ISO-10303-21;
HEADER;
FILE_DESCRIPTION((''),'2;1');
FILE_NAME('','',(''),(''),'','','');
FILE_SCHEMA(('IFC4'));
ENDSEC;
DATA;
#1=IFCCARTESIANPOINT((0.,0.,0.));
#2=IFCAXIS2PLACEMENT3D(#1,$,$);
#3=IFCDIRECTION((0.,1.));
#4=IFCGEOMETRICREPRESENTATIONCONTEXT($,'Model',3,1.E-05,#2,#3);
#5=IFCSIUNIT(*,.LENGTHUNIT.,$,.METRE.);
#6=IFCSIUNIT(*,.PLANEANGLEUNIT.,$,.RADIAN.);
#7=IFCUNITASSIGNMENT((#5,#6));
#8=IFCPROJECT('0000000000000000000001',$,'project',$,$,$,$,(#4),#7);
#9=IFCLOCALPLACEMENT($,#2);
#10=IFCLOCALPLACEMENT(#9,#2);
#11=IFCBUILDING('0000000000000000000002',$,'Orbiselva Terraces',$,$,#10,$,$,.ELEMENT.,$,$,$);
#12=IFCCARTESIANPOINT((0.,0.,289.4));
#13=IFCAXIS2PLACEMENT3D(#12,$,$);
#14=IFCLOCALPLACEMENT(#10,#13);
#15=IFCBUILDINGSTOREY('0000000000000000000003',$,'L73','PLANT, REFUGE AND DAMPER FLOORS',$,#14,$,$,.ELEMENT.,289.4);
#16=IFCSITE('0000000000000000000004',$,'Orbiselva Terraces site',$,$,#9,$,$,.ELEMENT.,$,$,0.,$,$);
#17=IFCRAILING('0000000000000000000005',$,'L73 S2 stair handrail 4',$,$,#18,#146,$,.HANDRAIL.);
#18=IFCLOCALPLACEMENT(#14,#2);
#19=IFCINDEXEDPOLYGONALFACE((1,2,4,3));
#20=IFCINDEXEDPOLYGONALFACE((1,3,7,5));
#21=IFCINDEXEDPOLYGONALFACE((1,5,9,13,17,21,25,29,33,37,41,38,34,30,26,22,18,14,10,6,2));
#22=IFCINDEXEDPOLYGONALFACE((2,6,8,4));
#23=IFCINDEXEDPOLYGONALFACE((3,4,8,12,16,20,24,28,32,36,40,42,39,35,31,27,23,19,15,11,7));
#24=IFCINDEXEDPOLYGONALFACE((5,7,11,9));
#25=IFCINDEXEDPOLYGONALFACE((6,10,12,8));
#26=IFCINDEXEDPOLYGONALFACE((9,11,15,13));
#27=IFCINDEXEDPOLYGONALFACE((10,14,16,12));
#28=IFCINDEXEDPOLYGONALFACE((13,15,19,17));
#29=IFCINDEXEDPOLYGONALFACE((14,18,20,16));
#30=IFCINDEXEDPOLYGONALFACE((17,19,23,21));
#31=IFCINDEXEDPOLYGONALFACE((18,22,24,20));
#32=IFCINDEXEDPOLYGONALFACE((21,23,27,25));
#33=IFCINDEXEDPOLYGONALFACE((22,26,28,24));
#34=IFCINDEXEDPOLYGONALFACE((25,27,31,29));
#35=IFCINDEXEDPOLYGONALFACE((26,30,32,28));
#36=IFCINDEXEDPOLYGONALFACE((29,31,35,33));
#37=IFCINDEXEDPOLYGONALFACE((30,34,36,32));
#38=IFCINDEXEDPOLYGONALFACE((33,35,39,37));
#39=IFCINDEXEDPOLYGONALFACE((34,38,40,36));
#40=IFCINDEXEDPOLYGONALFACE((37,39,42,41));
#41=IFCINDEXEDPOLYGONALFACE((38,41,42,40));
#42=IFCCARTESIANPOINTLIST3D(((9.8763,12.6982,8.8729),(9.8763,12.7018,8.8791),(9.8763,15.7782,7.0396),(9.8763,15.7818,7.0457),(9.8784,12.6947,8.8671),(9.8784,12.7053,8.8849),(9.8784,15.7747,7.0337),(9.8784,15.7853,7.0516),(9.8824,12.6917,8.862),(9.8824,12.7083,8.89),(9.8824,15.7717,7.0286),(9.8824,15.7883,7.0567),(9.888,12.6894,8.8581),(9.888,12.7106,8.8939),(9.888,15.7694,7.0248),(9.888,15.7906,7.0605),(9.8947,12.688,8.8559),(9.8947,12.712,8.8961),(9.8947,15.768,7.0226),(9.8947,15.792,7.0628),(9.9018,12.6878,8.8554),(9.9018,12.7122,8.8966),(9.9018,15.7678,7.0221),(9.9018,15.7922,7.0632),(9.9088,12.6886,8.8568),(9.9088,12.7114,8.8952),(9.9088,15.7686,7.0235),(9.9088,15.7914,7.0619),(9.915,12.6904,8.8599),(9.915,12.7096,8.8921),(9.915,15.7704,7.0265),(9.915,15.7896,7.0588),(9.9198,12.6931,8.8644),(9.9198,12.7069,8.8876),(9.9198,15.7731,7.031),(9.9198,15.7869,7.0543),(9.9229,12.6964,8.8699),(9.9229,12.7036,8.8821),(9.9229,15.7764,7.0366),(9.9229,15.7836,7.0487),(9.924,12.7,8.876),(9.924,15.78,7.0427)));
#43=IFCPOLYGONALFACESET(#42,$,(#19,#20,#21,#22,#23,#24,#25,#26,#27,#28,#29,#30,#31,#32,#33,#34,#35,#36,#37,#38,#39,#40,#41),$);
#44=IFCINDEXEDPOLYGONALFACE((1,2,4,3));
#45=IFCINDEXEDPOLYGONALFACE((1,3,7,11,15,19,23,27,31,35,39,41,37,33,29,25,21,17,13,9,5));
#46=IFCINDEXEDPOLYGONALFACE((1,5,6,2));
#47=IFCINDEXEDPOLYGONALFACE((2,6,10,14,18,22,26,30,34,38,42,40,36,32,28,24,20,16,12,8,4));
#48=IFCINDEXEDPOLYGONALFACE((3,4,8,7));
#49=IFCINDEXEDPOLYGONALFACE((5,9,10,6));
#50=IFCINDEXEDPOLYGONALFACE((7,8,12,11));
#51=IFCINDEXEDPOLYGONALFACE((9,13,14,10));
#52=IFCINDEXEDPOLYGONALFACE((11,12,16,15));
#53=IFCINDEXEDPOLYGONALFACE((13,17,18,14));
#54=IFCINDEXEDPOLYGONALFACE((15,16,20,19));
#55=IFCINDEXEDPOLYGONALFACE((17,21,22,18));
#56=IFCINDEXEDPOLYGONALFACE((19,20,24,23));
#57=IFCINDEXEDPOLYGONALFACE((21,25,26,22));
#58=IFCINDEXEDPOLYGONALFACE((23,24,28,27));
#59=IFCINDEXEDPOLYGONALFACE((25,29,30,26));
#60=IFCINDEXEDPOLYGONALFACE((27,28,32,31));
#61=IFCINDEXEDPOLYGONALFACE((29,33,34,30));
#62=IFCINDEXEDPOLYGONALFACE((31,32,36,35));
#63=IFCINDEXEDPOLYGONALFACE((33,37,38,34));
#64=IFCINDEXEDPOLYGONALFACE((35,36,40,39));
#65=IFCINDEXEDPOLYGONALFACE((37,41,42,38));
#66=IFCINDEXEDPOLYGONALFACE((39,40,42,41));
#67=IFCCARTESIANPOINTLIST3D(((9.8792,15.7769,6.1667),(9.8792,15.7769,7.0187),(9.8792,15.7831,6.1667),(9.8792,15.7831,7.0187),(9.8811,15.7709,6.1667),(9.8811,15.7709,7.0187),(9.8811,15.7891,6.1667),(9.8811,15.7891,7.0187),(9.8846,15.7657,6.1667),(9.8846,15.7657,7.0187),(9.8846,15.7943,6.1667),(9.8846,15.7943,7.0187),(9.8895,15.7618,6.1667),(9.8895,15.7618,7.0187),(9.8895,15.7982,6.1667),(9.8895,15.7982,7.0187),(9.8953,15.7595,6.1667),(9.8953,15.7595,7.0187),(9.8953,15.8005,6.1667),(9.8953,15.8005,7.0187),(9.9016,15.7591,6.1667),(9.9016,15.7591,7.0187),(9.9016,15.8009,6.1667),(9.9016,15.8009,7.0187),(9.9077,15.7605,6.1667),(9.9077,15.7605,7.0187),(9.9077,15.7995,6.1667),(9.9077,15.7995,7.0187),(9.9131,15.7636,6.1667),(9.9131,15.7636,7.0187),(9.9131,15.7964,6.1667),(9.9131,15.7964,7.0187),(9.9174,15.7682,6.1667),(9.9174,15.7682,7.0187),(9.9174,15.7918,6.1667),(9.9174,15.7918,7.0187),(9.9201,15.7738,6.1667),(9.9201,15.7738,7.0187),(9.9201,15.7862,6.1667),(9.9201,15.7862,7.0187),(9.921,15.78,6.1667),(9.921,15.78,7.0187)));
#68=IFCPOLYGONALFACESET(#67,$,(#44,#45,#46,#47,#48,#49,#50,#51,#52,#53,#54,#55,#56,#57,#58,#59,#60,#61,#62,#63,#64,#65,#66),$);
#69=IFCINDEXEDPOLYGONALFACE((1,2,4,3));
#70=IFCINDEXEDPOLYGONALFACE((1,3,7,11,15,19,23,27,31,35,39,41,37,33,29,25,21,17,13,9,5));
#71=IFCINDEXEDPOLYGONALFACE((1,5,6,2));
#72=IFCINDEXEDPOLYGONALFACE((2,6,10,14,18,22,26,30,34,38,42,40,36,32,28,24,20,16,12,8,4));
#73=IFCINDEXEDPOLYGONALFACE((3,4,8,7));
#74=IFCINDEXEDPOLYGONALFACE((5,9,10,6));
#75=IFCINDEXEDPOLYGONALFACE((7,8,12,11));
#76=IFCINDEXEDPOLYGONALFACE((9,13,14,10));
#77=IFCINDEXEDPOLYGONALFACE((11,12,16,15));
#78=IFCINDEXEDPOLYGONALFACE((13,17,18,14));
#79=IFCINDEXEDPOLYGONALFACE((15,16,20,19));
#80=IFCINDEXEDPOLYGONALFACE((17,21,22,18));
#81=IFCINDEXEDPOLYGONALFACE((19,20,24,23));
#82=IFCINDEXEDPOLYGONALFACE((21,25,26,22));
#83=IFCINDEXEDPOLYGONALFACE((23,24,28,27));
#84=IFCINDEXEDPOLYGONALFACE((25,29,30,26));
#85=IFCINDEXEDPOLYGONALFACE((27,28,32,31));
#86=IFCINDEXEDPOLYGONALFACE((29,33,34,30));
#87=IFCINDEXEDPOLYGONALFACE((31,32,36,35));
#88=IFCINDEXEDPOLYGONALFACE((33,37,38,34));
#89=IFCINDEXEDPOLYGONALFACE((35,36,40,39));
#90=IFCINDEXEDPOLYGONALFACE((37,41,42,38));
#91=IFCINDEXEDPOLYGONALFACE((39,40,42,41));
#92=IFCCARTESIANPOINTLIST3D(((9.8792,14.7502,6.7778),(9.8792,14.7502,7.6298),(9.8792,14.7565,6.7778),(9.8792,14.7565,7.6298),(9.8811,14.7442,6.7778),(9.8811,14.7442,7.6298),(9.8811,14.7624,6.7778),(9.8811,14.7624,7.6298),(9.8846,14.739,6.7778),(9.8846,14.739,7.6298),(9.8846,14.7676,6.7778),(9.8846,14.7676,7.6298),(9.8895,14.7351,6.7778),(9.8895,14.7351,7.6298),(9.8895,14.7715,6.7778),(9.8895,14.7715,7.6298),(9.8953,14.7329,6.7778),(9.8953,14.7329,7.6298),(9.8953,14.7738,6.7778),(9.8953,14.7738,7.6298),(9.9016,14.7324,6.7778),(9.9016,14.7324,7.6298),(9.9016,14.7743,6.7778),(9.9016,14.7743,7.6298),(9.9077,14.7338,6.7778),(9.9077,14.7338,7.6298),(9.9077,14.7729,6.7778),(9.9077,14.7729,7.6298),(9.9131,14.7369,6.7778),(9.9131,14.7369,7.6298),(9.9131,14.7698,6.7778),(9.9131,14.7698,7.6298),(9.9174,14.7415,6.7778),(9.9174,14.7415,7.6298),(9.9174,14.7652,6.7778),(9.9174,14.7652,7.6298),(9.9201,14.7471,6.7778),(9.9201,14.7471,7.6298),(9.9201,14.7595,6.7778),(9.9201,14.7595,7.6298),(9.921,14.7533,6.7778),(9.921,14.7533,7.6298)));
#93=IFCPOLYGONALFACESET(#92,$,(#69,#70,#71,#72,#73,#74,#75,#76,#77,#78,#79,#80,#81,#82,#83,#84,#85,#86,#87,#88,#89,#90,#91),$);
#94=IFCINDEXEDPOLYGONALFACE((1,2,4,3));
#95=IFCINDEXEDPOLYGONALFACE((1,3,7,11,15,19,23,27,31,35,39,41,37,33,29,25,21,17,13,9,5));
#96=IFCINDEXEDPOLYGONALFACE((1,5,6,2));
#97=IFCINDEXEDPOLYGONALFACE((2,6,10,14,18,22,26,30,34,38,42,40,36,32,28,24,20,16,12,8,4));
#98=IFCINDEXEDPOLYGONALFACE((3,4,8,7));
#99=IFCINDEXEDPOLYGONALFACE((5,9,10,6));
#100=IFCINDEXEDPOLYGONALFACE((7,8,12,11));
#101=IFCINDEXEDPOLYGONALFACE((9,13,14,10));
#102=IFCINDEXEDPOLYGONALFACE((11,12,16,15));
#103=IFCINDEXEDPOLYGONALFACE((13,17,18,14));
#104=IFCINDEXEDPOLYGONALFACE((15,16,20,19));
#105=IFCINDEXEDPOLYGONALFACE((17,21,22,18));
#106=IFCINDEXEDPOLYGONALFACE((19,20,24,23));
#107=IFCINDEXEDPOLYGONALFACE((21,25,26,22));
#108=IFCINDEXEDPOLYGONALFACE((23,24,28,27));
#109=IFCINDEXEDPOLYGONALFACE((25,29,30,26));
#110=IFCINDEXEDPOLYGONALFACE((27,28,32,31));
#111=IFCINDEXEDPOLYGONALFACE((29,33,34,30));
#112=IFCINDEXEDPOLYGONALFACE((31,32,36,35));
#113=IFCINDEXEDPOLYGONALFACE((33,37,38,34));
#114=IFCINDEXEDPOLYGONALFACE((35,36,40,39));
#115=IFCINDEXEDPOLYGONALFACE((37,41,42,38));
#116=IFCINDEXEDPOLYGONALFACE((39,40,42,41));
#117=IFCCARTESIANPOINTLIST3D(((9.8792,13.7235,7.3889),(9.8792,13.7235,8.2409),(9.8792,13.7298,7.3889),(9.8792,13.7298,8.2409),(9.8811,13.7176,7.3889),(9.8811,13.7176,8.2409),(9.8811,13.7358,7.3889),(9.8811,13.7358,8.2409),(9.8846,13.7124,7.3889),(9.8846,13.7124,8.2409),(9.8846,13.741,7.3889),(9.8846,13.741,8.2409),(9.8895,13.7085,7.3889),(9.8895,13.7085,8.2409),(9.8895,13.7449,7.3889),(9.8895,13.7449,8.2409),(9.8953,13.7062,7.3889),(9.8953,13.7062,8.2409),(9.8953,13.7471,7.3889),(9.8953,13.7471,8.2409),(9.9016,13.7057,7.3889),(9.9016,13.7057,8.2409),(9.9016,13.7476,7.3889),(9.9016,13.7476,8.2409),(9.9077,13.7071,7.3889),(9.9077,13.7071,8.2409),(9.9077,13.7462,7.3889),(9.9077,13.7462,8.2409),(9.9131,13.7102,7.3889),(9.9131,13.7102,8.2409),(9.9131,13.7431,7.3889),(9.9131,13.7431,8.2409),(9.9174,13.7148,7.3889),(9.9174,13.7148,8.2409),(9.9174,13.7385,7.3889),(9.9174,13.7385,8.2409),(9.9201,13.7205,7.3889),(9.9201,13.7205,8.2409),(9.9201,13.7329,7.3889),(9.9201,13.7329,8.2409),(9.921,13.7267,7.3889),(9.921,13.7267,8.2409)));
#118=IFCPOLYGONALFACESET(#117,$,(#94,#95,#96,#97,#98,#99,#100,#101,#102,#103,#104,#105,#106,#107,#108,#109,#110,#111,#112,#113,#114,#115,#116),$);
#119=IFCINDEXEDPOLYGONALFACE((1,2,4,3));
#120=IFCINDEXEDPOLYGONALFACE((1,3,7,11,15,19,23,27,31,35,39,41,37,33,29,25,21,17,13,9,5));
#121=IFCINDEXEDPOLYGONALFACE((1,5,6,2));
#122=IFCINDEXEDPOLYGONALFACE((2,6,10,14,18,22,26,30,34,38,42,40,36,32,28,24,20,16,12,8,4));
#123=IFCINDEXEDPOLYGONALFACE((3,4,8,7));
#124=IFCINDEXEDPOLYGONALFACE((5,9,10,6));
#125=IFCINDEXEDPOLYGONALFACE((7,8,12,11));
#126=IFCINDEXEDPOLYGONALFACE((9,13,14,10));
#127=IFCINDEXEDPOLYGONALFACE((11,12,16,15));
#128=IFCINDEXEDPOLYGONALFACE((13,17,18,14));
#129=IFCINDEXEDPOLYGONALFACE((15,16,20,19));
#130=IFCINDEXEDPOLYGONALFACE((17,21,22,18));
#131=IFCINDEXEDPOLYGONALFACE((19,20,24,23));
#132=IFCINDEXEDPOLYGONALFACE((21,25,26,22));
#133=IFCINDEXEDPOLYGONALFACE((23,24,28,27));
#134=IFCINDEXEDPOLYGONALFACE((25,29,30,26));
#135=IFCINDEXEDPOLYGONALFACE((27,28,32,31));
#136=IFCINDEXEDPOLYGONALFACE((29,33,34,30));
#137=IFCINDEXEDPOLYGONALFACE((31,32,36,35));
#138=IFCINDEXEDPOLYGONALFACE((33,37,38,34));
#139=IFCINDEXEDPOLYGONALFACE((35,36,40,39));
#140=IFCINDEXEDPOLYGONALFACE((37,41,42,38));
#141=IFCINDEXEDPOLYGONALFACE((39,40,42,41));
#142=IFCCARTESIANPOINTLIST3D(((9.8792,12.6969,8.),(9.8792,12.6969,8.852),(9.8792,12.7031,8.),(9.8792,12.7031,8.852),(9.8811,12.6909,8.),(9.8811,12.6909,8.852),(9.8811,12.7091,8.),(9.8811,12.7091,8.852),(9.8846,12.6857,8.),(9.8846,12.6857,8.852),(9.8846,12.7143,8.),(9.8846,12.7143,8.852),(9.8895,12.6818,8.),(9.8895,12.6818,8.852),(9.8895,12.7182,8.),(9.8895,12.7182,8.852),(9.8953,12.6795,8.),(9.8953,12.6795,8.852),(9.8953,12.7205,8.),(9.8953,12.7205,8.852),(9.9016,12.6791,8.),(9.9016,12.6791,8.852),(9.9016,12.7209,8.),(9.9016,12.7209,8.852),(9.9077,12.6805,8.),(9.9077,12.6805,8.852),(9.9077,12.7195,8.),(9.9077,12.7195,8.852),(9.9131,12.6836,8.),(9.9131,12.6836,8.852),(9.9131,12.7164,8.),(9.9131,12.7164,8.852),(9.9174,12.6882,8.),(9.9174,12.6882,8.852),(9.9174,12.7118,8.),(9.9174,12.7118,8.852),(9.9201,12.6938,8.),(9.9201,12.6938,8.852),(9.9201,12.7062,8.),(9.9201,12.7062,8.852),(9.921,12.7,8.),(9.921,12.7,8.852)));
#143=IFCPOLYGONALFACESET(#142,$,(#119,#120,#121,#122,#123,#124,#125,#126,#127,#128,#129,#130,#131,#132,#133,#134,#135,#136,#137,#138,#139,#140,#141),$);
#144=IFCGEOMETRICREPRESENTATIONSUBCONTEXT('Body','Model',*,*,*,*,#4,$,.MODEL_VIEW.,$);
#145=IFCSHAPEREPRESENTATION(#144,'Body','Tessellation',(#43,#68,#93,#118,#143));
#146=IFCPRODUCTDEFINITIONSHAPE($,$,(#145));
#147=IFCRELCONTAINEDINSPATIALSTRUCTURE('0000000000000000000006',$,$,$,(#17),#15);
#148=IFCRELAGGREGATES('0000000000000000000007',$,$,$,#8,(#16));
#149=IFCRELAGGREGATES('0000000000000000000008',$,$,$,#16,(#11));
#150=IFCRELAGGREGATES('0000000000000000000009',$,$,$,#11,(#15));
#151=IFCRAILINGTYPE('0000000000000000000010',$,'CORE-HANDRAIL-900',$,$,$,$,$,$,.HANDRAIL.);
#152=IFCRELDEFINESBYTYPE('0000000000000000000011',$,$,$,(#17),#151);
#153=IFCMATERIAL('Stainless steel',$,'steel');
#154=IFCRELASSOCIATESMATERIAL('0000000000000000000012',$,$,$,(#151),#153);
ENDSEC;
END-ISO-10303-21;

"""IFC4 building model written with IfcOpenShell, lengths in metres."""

from ifc_helpers import new_model, si_unit, direction, frame, origin, origin_2d, place, context, subcontext, project, spatial, circle, extrude, material, type_object, element, save


model = new_model("IFC4")

# Units and contexts
model_context = context("Model", 3, precision=1e-05, world=origin(), true_north=direction((0.0, 1.0)))
body_context = subcontext(model_context, "Body", "Model", "MODEL_VIEW")
ifc_project = project(units=[si_unit("LENGTHUNIT", "METRE"), si_unit("PLANEANGLEUNIT", "RADIAN")], contexts=[model_context])

# Site, building, storey
site_placement = place(None, origin())
site = spatial("IfcSite", under=ifc_project, at=site_placement, Name="Orbiselva Terraces site", CompositionType="ELEMENT", RefElevation=0.0)
building_placement = place(site_placement, origin())
building = spatial("IfcBuilding", under=site, at=building_placement, Name="Orbiselva Terraces", CompositionType="ELEMENT")
storey_placement = place(building_placement, frame((0.0, 0.0, 289.4)))
storey = spatial("IfcBuildingStorey", under=building, at=storey_placement, Name="L73", Description="PLANT, REFUGE AND DAMPER FLOORS", CompositionType="ELEMENT", Elevation=289.4)

# Railing
ifc_material_1 = material(Name="Stainless steel", Category="steel")
railing_type = type_object("IfcRailingType", Name="CORE-HANDRAIL-900", PredefinedType="HANDRAIL", material=ifc_material_1)
for number, where, name in (
    (1, (9.9, 15.78, 6.1667), "L73 S2 stair handrail 4"),
):
    element("IfcRailing", number, at=place(storey_placement, frame(where)), inside=storey, type_object=railing_type, Name=name, PredefinedType="HANDRAIL", context=body_context, shape_type="SweptSolid", body=[
        extrude(circle(Radius=0.024, at=origin_2d()), frame((0.0, 0.0, 0.876), z_axis=(0.0, -0.859293, 0.511484), x_axis=(1.0, 0.0, 0.0)), (0.0, 0.0, 1.0), 3.5843),
        extrude(circle(Radius=0.021, at=origin_2d()), origin(), (0.0, 0.0, 1.0), 0.852),
        extrude(circle(Radius=0.021, at=origin_2d()), frame((0.0, -1.0267, 0.6111)), (0.0, 0.0, 1.0), 0.852),
        extrude(circle(Radius=0.021, at=origin_2d()), frame((0.0, -2.0533, 1.2222)), (0.0, 0.0, 1.0), 0.852),
        extrude(circle(Radius=0.021, at=origin_2d()), frame((0.0, -3.08, 1.8333)), (0.0, 0.0, 1.0), 0.852),
    ])

save(model, "model.ifc")
